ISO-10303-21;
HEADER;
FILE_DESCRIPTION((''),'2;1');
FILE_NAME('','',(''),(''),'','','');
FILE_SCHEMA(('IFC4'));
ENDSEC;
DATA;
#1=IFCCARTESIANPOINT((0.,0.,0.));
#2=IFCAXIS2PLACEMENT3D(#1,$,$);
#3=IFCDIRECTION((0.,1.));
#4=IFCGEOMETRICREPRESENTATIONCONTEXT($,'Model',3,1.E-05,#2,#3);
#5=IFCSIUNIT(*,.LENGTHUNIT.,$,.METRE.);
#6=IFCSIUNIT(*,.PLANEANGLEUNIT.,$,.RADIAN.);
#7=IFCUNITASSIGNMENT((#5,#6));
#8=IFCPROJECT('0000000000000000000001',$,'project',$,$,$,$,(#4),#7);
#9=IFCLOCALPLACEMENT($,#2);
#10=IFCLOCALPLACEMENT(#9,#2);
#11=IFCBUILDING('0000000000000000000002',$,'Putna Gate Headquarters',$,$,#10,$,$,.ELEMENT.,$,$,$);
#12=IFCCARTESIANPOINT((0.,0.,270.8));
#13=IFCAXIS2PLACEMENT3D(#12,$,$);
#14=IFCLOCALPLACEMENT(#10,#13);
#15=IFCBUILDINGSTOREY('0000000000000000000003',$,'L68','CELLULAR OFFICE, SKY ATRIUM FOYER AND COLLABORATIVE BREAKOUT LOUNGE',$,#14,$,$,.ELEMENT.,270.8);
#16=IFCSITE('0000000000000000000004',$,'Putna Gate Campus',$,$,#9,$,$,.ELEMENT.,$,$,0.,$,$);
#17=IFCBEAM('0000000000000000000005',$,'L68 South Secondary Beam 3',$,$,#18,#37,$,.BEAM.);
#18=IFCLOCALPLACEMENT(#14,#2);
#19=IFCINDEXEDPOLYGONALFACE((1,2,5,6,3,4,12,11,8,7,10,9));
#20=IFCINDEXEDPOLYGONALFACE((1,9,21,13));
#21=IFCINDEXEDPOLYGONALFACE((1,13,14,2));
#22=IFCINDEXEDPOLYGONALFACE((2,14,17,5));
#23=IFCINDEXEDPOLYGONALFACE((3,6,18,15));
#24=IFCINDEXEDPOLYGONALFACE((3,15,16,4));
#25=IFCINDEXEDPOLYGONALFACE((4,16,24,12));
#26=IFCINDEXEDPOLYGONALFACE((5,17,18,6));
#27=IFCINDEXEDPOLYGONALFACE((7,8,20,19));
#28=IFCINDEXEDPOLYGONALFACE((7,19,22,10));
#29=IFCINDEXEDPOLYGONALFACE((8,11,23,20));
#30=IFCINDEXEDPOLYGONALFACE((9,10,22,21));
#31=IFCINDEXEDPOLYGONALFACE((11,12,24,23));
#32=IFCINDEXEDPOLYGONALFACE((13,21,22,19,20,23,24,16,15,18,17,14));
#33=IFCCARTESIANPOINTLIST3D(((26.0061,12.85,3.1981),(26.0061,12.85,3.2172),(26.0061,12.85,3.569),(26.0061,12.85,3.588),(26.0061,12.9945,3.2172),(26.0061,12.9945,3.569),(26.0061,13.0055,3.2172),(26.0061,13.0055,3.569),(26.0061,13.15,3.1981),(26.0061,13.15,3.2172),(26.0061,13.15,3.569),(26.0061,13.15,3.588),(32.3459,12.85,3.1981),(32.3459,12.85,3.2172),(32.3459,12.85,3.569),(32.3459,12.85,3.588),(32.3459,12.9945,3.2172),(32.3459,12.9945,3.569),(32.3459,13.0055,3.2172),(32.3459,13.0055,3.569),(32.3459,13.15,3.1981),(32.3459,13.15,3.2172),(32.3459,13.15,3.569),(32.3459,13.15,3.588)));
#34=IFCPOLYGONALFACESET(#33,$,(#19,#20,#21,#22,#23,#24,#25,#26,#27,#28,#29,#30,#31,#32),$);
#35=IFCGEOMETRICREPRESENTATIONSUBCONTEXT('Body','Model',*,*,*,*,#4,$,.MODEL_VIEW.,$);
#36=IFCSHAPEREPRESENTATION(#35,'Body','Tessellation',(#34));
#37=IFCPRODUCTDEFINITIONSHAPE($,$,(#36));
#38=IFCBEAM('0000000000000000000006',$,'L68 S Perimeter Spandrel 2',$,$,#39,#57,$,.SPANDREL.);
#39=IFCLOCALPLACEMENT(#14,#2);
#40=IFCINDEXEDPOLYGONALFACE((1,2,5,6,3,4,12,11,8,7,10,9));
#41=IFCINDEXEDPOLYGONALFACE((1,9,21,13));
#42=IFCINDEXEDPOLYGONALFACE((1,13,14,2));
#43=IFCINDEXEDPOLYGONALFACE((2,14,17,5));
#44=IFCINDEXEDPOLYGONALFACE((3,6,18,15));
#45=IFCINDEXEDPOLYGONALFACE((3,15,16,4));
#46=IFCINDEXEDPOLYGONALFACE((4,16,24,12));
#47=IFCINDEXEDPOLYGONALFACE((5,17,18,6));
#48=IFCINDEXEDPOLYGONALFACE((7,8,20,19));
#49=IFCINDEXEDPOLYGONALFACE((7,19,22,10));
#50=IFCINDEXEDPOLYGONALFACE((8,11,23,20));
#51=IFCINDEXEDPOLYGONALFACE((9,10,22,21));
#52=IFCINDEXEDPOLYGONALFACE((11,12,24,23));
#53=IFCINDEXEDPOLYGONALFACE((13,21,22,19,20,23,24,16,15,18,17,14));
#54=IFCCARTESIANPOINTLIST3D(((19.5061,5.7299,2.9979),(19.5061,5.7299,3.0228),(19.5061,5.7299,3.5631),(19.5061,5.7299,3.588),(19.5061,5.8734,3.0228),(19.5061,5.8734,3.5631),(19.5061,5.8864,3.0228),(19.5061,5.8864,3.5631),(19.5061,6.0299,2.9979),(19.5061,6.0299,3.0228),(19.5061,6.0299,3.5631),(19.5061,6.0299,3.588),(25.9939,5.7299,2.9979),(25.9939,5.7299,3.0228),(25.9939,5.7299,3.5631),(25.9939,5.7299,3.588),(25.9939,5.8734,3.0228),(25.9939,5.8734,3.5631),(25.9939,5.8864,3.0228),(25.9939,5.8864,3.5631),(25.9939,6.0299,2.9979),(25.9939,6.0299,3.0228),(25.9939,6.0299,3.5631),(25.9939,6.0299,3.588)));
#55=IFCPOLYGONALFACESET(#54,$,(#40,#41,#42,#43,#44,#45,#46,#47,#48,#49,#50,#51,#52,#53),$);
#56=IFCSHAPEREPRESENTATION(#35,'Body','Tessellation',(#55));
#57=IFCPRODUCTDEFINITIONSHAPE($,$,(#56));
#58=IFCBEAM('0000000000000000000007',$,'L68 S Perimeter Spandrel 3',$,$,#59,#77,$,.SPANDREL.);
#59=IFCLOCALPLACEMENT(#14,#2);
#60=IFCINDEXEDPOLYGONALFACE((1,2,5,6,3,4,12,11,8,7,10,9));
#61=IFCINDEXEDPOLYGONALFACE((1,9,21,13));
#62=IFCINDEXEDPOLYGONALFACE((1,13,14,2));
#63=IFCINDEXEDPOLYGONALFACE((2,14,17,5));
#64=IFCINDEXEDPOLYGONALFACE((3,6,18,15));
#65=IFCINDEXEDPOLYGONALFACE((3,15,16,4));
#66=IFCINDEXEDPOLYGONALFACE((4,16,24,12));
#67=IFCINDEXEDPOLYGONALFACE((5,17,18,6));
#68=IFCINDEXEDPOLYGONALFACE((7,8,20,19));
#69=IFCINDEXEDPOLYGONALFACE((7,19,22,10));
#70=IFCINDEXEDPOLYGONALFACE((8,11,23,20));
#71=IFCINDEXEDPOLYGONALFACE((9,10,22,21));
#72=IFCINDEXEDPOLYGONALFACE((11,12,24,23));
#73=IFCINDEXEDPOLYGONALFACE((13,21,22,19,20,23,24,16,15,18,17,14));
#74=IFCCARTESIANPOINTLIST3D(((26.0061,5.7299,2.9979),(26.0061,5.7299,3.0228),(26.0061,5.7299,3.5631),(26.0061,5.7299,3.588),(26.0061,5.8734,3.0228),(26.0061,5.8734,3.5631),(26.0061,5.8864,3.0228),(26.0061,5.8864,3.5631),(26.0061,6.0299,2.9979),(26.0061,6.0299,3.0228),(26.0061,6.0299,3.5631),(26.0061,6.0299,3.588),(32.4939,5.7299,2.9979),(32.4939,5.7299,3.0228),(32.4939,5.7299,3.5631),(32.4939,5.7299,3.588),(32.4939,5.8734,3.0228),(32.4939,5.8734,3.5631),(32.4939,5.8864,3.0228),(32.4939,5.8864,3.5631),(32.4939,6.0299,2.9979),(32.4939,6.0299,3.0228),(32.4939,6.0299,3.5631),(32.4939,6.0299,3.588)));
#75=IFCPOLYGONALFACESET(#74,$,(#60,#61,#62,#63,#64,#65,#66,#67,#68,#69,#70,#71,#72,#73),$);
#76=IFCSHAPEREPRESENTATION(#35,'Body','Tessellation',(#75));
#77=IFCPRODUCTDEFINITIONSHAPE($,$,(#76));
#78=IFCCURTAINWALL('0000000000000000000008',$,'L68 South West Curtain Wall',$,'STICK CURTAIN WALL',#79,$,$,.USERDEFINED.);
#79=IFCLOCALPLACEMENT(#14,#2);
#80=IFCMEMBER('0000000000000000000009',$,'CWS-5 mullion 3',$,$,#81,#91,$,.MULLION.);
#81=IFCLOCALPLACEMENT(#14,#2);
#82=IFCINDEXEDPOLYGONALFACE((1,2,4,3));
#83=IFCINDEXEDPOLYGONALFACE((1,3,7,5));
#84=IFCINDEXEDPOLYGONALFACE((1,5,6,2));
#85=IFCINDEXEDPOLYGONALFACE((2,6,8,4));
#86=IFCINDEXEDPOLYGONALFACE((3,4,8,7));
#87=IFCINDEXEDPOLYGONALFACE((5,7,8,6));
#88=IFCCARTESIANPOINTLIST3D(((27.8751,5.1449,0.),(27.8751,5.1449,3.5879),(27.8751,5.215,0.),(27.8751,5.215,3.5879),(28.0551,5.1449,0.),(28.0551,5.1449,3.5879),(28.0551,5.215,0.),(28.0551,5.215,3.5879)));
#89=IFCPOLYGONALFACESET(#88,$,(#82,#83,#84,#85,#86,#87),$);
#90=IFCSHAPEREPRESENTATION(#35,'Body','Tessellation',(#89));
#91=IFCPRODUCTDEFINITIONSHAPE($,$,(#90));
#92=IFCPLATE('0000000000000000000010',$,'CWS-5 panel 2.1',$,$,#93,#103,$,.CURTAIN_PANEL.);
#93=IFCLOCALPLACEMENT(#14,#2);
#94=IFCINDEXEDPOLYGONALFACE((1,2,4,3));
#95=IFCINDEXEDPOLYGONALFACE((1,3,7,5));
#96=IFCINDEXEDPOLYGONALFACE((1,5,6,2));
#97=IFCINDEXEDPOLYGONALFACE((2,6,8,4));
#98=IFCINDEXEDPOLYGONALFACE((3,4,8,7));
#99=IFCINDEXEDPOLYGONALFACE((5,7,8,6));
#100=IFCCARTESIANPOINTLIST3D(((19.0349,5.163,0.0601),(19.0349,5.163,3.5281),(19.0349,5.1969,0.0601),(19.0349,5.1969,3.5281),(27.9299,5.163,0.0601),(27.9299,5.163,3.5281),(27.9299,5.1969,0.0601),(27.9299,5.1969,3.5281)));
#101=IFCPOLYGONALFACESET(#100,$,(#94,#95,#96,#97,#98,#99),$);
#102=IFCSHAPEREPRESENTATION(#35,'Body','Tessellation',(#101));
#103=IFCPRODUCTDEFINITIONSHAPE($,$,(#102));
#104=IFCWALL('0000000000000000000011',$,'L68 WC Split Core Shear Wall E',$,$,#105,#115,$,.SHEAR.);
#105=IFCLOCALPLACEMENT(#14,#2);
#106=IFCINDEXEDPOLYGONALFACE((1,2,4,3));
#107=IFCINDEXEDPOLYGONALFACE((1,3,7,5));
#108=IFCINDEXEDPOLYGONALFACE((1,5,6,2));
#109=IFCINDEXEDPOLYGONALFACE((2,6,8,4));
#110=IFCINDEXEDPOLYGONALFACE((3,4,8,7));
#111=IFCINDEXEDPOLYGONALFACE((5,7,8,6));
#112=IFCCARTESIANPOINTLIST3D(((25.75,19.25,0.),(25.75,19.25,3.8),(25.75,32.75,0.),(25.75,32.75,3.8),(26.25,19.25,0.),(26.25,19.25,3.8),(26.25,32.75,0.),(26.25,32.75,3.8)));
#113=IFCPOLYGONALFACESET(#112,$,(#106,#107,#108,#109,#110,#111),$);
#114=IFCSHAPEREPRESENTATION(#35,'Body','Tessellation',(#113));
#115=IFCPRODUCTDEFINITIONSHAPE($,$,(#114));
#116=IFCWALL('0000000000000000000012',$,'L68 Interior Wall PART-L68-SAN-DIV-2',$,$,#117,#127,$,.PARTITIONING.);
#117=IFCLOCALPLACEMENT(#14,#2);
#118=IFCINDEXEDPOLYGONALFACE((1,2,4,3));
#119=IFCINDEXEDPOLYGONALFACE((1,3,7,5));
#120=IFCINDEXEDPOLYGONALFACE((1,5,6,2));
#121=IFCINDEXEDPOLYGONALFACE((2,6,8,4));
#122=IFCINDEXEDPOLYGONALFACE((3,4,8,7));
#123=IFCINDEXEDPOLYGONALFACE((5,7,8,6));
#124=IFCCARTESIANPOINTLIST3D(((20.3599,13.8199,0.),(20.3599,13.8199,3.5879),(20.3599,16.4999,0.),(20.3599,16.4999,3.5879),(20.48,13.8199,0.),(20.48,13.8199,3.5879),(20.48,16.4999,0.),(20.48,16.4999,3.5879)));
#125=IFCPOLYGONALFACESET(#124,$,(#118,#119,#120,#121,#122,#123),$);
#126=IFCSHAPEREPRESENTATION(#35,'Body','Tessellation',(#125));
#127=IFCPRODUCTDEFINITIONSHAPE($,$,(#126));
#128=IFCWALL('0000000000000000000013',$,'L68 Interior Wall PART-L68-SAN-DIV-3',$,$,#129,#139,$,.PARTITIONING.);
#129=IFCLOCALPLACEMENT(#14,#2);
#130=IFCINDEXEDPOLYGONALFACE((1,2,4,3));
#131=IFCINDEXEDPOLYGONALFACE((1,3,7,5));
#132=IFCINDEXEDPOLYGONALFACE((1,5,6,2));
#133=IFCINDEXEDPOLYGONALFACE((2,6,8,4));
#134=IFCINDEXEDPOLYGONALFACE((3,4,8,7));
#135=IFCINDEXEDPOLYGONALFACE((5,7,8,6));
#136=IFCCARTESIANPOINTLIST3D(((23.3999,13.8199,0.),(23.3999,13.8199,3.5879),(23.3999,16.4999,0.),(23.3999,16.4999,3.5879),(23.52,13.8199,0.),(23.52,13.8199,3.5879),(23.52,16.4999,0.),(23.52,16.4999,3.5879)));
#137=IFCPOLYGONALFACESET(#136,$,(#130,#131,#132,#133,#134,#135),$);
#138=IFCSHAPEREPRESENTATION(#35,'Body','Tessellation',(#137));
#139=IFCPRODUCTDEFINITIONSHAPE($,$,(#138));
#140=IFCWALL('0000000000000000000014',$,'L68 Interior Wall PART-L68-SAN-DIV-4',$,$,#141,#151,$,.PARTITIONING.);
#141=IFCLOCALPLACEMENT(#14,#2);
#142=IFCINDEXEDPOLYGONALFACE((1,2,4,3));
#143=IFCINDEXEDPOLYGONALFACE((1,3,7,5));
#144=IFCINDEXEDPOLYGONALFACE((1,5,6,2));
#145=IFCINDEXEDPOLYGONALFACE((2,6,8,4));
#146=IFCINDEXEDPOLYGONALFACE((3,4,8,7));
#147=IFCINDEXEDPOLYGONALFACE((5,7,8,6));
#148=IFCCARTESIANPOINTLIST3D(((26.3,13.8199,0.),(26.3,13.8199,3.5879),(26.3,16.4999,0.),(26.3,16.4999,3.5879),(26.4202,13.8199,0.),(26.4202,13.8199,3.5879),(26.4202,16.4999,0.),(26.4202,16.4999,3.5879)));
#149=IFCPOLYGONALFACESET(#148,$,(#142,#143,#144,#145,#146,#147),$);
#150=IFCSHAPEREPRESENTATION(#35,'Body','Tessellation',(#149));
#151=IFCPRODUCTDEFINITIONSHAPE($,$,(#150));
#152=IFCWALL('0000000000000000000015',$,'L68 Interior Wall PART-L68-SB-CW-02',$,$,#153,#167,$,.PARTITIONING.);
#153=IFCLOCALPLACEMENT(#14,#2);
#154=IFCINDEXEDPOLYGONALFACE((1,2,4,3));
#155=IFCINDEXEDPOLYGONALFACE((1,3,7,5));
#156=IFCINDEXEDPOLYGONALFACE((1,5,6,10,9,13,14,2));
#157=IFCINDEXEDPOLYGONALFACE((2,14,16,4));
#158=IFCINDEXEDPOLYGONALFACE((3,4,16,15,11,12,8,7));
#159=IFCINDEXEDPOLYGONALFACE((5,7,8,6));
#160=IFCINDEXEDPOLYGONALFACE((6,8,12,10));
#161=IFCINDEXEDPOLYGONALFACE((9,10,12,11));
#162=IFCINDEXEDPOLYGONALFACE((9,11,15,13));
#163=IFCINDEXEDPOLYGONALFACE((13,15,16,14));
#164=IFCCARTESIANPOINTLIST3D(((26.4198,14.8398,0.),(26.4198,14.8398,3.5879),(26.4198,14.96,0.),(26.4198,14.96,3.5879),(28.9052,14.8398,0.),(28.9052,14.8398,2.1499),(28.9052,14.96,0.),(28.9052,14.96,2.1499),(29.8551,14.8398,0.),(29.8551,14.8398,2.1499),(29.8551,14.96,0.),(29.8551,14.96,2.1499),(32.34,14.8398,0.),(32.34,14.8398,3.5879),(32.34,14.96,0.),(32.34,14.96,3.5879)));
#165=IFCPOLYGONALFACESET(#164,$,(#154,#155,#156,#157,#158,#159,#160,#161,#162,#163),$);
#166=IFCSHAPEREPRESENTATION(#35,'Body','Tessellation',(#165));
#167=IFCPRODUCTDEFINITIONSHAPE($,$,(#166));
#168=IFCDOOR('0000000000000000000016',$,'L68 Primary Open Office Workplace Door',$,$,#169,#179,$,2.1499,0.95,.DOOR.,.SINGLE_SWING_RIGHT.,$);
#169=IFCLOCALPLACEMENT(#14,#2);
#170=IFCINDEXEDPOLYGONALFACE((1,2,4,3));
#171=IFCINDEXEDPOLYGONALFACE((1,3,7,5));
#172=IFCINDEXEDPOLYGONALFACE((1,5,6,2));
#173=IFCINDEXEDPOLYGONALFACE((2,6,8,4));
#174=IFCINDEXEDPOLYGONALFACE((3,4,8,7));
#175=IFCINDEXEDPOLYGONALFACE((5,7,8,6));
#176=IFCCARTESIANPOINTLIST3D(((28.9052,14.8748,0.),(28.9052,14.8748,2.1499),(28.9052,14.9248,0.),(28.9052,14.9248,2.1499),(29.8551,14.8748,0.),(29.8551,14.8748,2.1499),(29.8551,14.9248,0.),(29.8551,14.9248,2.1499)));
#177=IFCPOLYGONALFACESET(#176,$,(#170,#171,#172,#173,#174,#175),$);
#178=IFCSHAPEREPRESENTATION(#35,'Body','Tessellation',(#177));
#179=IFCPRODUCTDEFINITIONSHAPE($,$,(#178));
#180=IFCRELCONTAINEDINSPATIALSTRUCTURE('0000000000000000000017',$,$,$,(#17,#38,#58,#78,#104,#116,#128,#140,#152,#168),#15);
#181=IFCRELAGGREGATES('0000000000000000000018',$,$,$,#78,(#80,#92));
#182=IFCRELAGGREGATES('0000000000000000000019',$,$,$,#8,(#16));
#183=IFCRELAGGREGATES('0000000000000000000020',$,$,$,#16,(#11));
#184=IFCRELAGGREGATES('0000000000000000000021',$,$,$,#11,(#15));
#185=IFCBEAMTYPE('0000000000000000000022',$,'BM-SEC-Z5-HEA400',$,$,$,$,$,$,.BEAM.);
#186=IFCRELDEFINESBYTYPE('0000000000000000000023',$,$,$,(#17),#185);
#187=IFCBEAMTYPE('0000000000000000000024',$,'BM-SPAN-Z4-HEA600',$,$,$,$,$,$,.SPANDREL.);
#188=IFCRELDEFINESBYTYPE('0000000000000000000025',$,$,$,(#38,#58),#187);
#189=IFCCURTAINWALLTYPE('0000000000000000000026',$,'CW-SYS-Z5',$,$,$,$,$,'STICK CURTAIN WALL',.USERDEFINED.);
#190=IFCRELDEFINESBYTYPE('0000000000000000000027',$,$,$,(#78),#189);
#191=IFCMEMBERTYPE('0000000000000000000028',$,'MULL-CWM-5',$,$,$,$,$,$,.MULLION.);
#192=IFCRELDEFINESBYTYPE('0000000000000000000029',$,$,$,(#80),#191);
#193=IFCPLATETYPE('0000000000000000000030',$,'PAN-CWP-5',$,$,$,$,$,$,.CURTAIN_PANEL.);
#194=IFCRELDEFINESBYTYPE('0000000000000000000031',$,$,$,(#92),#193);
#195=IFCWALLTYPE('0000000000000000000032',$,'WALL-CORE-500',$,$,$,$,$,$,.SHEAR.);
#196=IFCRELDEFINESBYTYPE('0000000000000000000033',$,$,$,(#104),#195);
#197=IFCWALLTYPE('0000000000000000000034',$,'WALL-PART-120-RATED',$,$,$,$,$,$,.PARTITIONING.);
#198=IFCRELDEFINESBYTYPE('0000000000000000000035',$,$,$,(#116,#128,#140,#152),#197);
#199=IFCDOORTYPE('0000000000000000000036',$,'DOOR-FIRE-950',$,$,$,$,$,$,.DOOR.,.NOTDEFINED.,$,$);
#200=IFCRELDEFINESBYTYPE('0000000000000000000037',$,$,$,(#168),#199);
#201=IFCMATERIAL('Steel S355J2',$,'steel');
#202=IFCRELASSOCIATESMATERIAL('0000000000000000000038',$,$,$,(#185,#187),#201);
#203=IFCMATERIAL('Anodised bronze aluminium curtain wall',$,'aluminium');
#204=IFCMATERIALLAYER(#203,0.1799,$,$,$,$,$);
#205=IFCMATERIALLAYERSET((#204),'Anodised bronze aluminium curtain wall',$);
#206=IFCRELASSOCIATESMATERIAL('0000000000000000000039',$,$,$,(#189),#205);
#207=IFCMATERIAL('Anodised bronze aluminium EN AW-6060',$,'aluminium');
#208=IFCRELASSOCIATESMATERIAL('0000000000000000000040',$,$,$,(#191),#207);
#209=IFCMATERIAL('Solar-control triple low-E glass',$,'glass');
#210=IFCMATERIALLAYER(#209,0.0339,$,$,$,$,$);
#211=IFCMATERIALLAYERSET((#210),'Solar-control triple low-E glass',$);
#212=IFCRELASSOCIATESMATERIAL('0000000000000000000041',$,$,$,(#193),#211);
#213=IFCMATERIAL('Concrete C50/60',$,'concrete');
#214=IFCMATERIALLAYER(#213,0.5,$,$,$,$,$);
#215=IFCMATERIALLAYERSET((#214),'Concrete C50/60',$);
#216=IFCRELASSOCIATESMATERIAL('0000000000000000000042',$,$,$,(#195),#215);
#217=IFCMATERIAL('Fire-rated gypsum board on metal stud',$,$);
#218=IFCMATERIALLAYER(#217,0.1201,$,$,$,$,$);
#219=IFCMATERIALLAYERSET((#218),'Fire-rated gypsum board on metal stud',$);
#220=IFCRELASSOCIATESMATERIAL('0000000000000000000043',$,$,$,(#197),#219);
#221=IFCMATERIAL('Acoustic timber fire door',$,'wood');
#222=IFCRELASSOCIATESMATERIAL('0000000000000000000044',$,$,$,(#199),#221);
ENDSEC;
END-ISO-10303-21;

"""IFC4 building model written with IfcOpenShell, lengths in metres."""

from ifc_helpers import new_model, si_unit, direction, frame, frame_2d, origin, origin_2d, place, context, subcontext, project, spatial, rectangle, i_section, extrude, material, layer, layer_set, material_profile, profile_set, type_object, element, fill, aggregate, save


model = new_model("IFC4")

# Units and contexts
model_context = context("Model", 3, precision=1e-05, world=origin(), true_north=direction((0.0, 1.0)))
body_context = subcontext(model_context, "Body", "Model", "MODEL_VIEW")
ifc_project = project(units=[si_unit("LENGTHUNIT", "METRE"), si_unit("PLANEANGLEUNIT", "RADIAN")], contexts=[model_context])

# Site, building, storey
site_placement = place(None, origin())
site = spatial("IfcSite", under=ifc_project, at=site_placement, Name="Putna Gate Campus", CompositionType="ELEMENT", RefElevation=0.0)
building_placement = place(site_placement, origin())
building = spatial("IfcBuilding", under=site, at=building_placement, Name="Putna Gate Headquarters", CompositionType="ELEMENT")
storey_placement = place(building_placement, frame((0.0, 0.0, 270.8)))
storey = spatial("IfcBuildingStorey", under=building, at=storey_placement, Name="L68", Description="CELLULAR OFFICE, SKY ATRIUM FOYER AND COLLABORATIVE BREAKOUT LOUNGE", CompositionType="ELEMENT", Elevation=270.8)

# Beams
ifc_material_1 = material(Name="Steel S355J2", Category="steel")
ifc_material_profile_1 = material_profile(ifc_material_1, i_section(OverallWidth=0.3, OverallDepth=0.3899, WebThickness=0.011, FlangeThickness=0.019, at=origin_2d()), Name="Steel S355J2")
ifc_profile_set_1 = profile_set([ifc_material_profile_1], Name="Steel S355J2")
beam_type_1 = type_object("IfcBeamType", Name="BM-SEC-Z5-HEA400", PredefinedType="BEAM", material=ifc_profile_set_1)
for number, where, z_axis, x_axis, name in (
    (1, (26.0061, 13.0, 3.3931), (1.0, 0.0, 0.0), (0.0, 1.0, 0.0), "L68 South Secondary Beam 3"),
):
    element("IfcBeam", number, at=place(storey_placement, frame(where, z_axis=z_axis, x_axis=x_axis)), inside=storey, type_object=beam_type_1, Name=name, PredefinedType="BEAM", context=body_context, shape_type="SweptSolid", body=[
        extrude(i_section(OverallWidth=0.3, OverallDepth=0.3899, WebThickness=0.011, FlangeThickness=0.019, at=origin_2d()), origin(), (0.0, 0.0, 1.0), 6.3398),
    ])
ifc_material_profile_2 = material_profile(ifc_material_1, i_section(OverallWidth=0.3, OverallDepth=0.5901, WebThickness=0.0129, FlangeThickness=0.0249, at=origin_2d()), Name="Steel S355J2")
ifc_profile_set_2 = profile_set([ifc_material_profile_2], Name="Steel S355J2")
beam_type_2 = type_object("IfcBeamType", Name="BM-SPAN-Z4-HEA600", PredefinedType="SPANDREL", material=ifc_profile_set_2)
for number, where, z_axis, x_axis, name in (
    (2, (19.5061, 5.8799, 3.293), (1.0, 0.0, 0.0), (0.0, 1.0, 0.0), "L68 S Perimeter Spandrel 2"),
    (3, (26.0061, 5.8799, 3.293), (1.0, 0.0, 0.0), (0.0, 1.0, 0.0), "L68 S Perimeter Spandrel 3"),
):
    element("IfcBeam", number, at=place(storey_placement, frame(where, z_axis=z_axis, x_axis=x_axis)), inside=storey, type_object=beam_type_2, Name=name, PredefinedType="SPANDREL", context=body_context, shape_type="SweptSolid", body=[
        extrude(i_section(OverallWidth=0.3, OverallDepth=0.5901, WebThickness=0.0129, FlangeThickness=0.0249, at=origin_2d()), origin(), (0.0, 0.0, 1.0), 6.4878),
    ])

# Curtain wall, member, plate
ifc_material_2 = material(Name="Anodised bronze aluminium curtain wall", Category="aluminium")
ifc_layer_1 = layer(ifc_material_2, 0.1799)
ifc_layer_set_1 = layer_set([ifc_layer_1], Name="Anodised bronze aluminium curtain wall")
curtain_wall_type = type_object("IfcCurtainWallType", Name="CW-SYS-Z5", ElementType="STICK CURTAIN WALL", PredefinedType="USERDEFINED", material=ifc_layer_set_1)
curtain_wall_placement = place(storey_placement, origin())
curtain_wall = element("IfcCurtainWall", 4, at=curtain_wall_placement, inside=storey, type_object=curtain_wall_type, Name="L68 South West Curtain Wall", ObjectType="STICK CURTAIN WALL", PredefinedType="USERDEFINED")
ifc_material_3 = material(Name="Anodised bronze aluminium EN AW-6060", Category="aluminium")
ifc_material_profile_3 = material_profile(ifc_material_3, rectangle(XDim=0.0701, YDim=0.1799, at=origin_2d()), Name="Anodised bronze aluminium EN AW-6060")
ifc_profile_set_3 = profile_set([ifc_material_profile_3], Name="Anodised bronze aluminium EN AW-6060")
member_type = type_object("IfcMemberType", Name="MULL-CWM-5", PredefinedType="MULLION", material=ifc_profile_set_3)
member_placement = place(storey_placement, frame((27.9651, 5.1799, 0.0), z_axis=(0.0, 0.0, 1.0), x_axis=(0.0, 1.0, 0.0)))
member = element("IfcMember", 5, at=member_placement, type_object=member_type, Name="CWS-5 mullion 3", PredefinedType="MULLION", context=body_context, shape_type="SweptSolid", body=[
    extrude(rectangle(XDim=0.0701, YDim=0.1799, at=origin_2d()), origin(), (0.0, 0.0, 1.0), 3.5879),
])
ifc_material_4 = material(Name="Solar-control triple low-E glass", Category="glass")
ifc_layer_2 = layer(ifc_material_4, 0.0339)
ifc_layer_set_2 = layer_set([ifc_layer_2], Name="Solar-control triple low-E glass")
plate_type = type_object("IfcPlateType", Name="PAN-CWP-5", PredefinedType="CURTAIN_PANEL", material=ifc_layer_set_2)
plate_placement = place(storey_placement, frame((23.4824, 5.1799, 0.0601), z_axis=(0.0, 0.0, 1.0), x_axis=(1.0, 0.0, 0.0)))
plate = element("IfcPlate", 6, at=plate_placement, type_object=plate_type, Name="CWS-5 panel 2.1", PredefinedType="CURTAIN_PANEL", context=body_context, shape_type="SweptSolid", body=[
    extrude(rectangle(XDim=8.895, YDim=0.0339, at=origin_2d()), origin(), (0.0, 0.0, 1.0), 3.468),
])
aggregate(curtain_wall, [member, plate])

# Walls
ifc_material_5 = material(Name="Concrete C50/60", Category="concrete")
ifc_layer_3 = layer(ifc_material_5, 0.5)
ifc_layer_set_3 = layer_set([ifc_layer_3], Name="Concrete C50/60")
wall_type_1 = type_object("IfcWallType", Name="WALL-CORE-500", PredefinedType="SHEAR", material=ifc_layer_set_3)
wall_1_placement = place(storey_placement, frame((26.0, 19.25, 0.0), z_axis=(0.0, 0.0, 1.0), x_axis=(0.0, 1.0, 0.0)))
element("IfcWall", 7, at=wall_1_placement, inside=storey, type_object=wall_type_1, Name="L68 WC Split Core Shear Wall E", PredefinedType="SHEAR", context=body_context, shape_type="SweptSolid", body=[
    extrude(rectangle(XDim=13.5, YDim=0.5, at=frame_2d((6.75, 0.0))), origin(), (0.0, 0.0, 1.0), 3.8),
])
ifc_material_6 = material(Name="Fire-rated gypsum board on metal stud")
ifc_layer_4 = layer(ifc_material_6, 0.1201)
ifc_layer_set_4 = layer_set([ifc_layer_4], Name="Fire-rated gypsum board on metal stud")
wall_type_2 = type_object("IfcWallType", Name="WALL-PART-120-RATED", PredefinedType="PARTITIONING", material=ifc_layer_set_4)
for number, where, z_axis, x_axis, name in (
    (8, (20.4199, 13.8201, 0.0), (0.0, 0.0, 1.0), (0.0, 1.0, 0.0), "L68 Interior Wall PART-L68-SAN-DIV-2"),
    (9, (23.46, 13.8201, 0.0), (0.0, 0.0, 1.0), (0.0, 1.0, 0.0), "L68 Interior Wall PART-L68-SAN-DIV-3"),
    (10, (26.3601, 13.8201, 0.0), (0.0, 0.0, 1.0), (0.0, 1.0, 0.0), "L68 Interior Wall PART-L68-SAN-DIV-4"),
):
    element("IfcWall", number, at=place(storey_placement, frame(where, z_axis=z_axis, x_axis=x_axis)), inside=storey, type_object=wall_type_2, Name=name, PredefinedType="PARTITIONING", context=body_context, shape_type="SweptSolid", body=[
        extrude(rectangle(XDim=2.6799, YDim=0.1201, at=frame_2d((1.3398, 0.0))), origin(), (0.0, 0.0, 1.0), 3.5879),
    ])

# Wall, opening, door
wall_2_placement = place(storey_placement, frame((26.4199, 14.8999, 0.0), z_axis=(0.0, 0.0, 1.0), x_axis=(1.0, 0.0, 0.0)))
wall_2 = element("IfcWall", 11, at=wall_2_placement, inside=storey, type_object=wall_type_2, Name="L68 Interior Wall PART-L68-SB-CW-02", PredefinedType="PARTITIONING", context=body_context, shape_type="SweptSolid", body=[
    extrude(rectangle(XDim=5.9202, YDim=0.1201, at=frame_2d((2.96, 0.0))), origin(), (0.0, 0.0, 1.0), 3.5879),
])
opening_1_placement = place(wall_2_placement, frame((2.4851, 0.0, 0.0)))
opening_1 = element("IfcOpeningElement", 12, at=opening_1_placement, cuts=wall_2, PredefinedType="OPENING", context=body_context, shape_type="SweptSolid", body=[
    extrude(rectangle(XDim=0.95, YDim=2.1499, at=frame_2d((0.4751, 1.075))), frame((0.0, 0.0701, 0.0), z_axis=(0.0, -1.0, 0.0), x_axis=(1.0, 0.0, 0.0)), (0.0, 0.0, 1.0), 0.1401),
])
ifc_material_7 = material(Name="Acoustic timber fire door", Category="wood")
door_type_1 = type_object("IfcDoorType", Name="DOOR-FIRE-950", OperationType="NOTDEFINED", PredefinedType="DOOR", material=ifc_material_7)
door_1_placement = place(opening_1_placement, origin())
door_1 = element("IfcDoor", 13, at=door_1_placement, inside=storey, type_object=door_type_1, Name="L68 Primary Open Office Workplace Door", OperationType="SINGLE_SWING_RIGHT", OverallHeight=2.1499, OverallWidth=0.95, PredefinedType="DOOR", context=body_context, shape_type="SweptSolid", body=[
    extrude(rectangle(XDim=0.95, YDim=2.1499, at=frame_2d((0.4751, 1.075))), frame((0.0, 0.0249, 0.0), z_axis=(0.0, -1.0, 0.0), x_axis=(1.0, 0.0, 0.0)), (0.0, 0.0, 1.0), 0.05),
])
fill(opening_1, door_1)

save(model, "model.ifc")
